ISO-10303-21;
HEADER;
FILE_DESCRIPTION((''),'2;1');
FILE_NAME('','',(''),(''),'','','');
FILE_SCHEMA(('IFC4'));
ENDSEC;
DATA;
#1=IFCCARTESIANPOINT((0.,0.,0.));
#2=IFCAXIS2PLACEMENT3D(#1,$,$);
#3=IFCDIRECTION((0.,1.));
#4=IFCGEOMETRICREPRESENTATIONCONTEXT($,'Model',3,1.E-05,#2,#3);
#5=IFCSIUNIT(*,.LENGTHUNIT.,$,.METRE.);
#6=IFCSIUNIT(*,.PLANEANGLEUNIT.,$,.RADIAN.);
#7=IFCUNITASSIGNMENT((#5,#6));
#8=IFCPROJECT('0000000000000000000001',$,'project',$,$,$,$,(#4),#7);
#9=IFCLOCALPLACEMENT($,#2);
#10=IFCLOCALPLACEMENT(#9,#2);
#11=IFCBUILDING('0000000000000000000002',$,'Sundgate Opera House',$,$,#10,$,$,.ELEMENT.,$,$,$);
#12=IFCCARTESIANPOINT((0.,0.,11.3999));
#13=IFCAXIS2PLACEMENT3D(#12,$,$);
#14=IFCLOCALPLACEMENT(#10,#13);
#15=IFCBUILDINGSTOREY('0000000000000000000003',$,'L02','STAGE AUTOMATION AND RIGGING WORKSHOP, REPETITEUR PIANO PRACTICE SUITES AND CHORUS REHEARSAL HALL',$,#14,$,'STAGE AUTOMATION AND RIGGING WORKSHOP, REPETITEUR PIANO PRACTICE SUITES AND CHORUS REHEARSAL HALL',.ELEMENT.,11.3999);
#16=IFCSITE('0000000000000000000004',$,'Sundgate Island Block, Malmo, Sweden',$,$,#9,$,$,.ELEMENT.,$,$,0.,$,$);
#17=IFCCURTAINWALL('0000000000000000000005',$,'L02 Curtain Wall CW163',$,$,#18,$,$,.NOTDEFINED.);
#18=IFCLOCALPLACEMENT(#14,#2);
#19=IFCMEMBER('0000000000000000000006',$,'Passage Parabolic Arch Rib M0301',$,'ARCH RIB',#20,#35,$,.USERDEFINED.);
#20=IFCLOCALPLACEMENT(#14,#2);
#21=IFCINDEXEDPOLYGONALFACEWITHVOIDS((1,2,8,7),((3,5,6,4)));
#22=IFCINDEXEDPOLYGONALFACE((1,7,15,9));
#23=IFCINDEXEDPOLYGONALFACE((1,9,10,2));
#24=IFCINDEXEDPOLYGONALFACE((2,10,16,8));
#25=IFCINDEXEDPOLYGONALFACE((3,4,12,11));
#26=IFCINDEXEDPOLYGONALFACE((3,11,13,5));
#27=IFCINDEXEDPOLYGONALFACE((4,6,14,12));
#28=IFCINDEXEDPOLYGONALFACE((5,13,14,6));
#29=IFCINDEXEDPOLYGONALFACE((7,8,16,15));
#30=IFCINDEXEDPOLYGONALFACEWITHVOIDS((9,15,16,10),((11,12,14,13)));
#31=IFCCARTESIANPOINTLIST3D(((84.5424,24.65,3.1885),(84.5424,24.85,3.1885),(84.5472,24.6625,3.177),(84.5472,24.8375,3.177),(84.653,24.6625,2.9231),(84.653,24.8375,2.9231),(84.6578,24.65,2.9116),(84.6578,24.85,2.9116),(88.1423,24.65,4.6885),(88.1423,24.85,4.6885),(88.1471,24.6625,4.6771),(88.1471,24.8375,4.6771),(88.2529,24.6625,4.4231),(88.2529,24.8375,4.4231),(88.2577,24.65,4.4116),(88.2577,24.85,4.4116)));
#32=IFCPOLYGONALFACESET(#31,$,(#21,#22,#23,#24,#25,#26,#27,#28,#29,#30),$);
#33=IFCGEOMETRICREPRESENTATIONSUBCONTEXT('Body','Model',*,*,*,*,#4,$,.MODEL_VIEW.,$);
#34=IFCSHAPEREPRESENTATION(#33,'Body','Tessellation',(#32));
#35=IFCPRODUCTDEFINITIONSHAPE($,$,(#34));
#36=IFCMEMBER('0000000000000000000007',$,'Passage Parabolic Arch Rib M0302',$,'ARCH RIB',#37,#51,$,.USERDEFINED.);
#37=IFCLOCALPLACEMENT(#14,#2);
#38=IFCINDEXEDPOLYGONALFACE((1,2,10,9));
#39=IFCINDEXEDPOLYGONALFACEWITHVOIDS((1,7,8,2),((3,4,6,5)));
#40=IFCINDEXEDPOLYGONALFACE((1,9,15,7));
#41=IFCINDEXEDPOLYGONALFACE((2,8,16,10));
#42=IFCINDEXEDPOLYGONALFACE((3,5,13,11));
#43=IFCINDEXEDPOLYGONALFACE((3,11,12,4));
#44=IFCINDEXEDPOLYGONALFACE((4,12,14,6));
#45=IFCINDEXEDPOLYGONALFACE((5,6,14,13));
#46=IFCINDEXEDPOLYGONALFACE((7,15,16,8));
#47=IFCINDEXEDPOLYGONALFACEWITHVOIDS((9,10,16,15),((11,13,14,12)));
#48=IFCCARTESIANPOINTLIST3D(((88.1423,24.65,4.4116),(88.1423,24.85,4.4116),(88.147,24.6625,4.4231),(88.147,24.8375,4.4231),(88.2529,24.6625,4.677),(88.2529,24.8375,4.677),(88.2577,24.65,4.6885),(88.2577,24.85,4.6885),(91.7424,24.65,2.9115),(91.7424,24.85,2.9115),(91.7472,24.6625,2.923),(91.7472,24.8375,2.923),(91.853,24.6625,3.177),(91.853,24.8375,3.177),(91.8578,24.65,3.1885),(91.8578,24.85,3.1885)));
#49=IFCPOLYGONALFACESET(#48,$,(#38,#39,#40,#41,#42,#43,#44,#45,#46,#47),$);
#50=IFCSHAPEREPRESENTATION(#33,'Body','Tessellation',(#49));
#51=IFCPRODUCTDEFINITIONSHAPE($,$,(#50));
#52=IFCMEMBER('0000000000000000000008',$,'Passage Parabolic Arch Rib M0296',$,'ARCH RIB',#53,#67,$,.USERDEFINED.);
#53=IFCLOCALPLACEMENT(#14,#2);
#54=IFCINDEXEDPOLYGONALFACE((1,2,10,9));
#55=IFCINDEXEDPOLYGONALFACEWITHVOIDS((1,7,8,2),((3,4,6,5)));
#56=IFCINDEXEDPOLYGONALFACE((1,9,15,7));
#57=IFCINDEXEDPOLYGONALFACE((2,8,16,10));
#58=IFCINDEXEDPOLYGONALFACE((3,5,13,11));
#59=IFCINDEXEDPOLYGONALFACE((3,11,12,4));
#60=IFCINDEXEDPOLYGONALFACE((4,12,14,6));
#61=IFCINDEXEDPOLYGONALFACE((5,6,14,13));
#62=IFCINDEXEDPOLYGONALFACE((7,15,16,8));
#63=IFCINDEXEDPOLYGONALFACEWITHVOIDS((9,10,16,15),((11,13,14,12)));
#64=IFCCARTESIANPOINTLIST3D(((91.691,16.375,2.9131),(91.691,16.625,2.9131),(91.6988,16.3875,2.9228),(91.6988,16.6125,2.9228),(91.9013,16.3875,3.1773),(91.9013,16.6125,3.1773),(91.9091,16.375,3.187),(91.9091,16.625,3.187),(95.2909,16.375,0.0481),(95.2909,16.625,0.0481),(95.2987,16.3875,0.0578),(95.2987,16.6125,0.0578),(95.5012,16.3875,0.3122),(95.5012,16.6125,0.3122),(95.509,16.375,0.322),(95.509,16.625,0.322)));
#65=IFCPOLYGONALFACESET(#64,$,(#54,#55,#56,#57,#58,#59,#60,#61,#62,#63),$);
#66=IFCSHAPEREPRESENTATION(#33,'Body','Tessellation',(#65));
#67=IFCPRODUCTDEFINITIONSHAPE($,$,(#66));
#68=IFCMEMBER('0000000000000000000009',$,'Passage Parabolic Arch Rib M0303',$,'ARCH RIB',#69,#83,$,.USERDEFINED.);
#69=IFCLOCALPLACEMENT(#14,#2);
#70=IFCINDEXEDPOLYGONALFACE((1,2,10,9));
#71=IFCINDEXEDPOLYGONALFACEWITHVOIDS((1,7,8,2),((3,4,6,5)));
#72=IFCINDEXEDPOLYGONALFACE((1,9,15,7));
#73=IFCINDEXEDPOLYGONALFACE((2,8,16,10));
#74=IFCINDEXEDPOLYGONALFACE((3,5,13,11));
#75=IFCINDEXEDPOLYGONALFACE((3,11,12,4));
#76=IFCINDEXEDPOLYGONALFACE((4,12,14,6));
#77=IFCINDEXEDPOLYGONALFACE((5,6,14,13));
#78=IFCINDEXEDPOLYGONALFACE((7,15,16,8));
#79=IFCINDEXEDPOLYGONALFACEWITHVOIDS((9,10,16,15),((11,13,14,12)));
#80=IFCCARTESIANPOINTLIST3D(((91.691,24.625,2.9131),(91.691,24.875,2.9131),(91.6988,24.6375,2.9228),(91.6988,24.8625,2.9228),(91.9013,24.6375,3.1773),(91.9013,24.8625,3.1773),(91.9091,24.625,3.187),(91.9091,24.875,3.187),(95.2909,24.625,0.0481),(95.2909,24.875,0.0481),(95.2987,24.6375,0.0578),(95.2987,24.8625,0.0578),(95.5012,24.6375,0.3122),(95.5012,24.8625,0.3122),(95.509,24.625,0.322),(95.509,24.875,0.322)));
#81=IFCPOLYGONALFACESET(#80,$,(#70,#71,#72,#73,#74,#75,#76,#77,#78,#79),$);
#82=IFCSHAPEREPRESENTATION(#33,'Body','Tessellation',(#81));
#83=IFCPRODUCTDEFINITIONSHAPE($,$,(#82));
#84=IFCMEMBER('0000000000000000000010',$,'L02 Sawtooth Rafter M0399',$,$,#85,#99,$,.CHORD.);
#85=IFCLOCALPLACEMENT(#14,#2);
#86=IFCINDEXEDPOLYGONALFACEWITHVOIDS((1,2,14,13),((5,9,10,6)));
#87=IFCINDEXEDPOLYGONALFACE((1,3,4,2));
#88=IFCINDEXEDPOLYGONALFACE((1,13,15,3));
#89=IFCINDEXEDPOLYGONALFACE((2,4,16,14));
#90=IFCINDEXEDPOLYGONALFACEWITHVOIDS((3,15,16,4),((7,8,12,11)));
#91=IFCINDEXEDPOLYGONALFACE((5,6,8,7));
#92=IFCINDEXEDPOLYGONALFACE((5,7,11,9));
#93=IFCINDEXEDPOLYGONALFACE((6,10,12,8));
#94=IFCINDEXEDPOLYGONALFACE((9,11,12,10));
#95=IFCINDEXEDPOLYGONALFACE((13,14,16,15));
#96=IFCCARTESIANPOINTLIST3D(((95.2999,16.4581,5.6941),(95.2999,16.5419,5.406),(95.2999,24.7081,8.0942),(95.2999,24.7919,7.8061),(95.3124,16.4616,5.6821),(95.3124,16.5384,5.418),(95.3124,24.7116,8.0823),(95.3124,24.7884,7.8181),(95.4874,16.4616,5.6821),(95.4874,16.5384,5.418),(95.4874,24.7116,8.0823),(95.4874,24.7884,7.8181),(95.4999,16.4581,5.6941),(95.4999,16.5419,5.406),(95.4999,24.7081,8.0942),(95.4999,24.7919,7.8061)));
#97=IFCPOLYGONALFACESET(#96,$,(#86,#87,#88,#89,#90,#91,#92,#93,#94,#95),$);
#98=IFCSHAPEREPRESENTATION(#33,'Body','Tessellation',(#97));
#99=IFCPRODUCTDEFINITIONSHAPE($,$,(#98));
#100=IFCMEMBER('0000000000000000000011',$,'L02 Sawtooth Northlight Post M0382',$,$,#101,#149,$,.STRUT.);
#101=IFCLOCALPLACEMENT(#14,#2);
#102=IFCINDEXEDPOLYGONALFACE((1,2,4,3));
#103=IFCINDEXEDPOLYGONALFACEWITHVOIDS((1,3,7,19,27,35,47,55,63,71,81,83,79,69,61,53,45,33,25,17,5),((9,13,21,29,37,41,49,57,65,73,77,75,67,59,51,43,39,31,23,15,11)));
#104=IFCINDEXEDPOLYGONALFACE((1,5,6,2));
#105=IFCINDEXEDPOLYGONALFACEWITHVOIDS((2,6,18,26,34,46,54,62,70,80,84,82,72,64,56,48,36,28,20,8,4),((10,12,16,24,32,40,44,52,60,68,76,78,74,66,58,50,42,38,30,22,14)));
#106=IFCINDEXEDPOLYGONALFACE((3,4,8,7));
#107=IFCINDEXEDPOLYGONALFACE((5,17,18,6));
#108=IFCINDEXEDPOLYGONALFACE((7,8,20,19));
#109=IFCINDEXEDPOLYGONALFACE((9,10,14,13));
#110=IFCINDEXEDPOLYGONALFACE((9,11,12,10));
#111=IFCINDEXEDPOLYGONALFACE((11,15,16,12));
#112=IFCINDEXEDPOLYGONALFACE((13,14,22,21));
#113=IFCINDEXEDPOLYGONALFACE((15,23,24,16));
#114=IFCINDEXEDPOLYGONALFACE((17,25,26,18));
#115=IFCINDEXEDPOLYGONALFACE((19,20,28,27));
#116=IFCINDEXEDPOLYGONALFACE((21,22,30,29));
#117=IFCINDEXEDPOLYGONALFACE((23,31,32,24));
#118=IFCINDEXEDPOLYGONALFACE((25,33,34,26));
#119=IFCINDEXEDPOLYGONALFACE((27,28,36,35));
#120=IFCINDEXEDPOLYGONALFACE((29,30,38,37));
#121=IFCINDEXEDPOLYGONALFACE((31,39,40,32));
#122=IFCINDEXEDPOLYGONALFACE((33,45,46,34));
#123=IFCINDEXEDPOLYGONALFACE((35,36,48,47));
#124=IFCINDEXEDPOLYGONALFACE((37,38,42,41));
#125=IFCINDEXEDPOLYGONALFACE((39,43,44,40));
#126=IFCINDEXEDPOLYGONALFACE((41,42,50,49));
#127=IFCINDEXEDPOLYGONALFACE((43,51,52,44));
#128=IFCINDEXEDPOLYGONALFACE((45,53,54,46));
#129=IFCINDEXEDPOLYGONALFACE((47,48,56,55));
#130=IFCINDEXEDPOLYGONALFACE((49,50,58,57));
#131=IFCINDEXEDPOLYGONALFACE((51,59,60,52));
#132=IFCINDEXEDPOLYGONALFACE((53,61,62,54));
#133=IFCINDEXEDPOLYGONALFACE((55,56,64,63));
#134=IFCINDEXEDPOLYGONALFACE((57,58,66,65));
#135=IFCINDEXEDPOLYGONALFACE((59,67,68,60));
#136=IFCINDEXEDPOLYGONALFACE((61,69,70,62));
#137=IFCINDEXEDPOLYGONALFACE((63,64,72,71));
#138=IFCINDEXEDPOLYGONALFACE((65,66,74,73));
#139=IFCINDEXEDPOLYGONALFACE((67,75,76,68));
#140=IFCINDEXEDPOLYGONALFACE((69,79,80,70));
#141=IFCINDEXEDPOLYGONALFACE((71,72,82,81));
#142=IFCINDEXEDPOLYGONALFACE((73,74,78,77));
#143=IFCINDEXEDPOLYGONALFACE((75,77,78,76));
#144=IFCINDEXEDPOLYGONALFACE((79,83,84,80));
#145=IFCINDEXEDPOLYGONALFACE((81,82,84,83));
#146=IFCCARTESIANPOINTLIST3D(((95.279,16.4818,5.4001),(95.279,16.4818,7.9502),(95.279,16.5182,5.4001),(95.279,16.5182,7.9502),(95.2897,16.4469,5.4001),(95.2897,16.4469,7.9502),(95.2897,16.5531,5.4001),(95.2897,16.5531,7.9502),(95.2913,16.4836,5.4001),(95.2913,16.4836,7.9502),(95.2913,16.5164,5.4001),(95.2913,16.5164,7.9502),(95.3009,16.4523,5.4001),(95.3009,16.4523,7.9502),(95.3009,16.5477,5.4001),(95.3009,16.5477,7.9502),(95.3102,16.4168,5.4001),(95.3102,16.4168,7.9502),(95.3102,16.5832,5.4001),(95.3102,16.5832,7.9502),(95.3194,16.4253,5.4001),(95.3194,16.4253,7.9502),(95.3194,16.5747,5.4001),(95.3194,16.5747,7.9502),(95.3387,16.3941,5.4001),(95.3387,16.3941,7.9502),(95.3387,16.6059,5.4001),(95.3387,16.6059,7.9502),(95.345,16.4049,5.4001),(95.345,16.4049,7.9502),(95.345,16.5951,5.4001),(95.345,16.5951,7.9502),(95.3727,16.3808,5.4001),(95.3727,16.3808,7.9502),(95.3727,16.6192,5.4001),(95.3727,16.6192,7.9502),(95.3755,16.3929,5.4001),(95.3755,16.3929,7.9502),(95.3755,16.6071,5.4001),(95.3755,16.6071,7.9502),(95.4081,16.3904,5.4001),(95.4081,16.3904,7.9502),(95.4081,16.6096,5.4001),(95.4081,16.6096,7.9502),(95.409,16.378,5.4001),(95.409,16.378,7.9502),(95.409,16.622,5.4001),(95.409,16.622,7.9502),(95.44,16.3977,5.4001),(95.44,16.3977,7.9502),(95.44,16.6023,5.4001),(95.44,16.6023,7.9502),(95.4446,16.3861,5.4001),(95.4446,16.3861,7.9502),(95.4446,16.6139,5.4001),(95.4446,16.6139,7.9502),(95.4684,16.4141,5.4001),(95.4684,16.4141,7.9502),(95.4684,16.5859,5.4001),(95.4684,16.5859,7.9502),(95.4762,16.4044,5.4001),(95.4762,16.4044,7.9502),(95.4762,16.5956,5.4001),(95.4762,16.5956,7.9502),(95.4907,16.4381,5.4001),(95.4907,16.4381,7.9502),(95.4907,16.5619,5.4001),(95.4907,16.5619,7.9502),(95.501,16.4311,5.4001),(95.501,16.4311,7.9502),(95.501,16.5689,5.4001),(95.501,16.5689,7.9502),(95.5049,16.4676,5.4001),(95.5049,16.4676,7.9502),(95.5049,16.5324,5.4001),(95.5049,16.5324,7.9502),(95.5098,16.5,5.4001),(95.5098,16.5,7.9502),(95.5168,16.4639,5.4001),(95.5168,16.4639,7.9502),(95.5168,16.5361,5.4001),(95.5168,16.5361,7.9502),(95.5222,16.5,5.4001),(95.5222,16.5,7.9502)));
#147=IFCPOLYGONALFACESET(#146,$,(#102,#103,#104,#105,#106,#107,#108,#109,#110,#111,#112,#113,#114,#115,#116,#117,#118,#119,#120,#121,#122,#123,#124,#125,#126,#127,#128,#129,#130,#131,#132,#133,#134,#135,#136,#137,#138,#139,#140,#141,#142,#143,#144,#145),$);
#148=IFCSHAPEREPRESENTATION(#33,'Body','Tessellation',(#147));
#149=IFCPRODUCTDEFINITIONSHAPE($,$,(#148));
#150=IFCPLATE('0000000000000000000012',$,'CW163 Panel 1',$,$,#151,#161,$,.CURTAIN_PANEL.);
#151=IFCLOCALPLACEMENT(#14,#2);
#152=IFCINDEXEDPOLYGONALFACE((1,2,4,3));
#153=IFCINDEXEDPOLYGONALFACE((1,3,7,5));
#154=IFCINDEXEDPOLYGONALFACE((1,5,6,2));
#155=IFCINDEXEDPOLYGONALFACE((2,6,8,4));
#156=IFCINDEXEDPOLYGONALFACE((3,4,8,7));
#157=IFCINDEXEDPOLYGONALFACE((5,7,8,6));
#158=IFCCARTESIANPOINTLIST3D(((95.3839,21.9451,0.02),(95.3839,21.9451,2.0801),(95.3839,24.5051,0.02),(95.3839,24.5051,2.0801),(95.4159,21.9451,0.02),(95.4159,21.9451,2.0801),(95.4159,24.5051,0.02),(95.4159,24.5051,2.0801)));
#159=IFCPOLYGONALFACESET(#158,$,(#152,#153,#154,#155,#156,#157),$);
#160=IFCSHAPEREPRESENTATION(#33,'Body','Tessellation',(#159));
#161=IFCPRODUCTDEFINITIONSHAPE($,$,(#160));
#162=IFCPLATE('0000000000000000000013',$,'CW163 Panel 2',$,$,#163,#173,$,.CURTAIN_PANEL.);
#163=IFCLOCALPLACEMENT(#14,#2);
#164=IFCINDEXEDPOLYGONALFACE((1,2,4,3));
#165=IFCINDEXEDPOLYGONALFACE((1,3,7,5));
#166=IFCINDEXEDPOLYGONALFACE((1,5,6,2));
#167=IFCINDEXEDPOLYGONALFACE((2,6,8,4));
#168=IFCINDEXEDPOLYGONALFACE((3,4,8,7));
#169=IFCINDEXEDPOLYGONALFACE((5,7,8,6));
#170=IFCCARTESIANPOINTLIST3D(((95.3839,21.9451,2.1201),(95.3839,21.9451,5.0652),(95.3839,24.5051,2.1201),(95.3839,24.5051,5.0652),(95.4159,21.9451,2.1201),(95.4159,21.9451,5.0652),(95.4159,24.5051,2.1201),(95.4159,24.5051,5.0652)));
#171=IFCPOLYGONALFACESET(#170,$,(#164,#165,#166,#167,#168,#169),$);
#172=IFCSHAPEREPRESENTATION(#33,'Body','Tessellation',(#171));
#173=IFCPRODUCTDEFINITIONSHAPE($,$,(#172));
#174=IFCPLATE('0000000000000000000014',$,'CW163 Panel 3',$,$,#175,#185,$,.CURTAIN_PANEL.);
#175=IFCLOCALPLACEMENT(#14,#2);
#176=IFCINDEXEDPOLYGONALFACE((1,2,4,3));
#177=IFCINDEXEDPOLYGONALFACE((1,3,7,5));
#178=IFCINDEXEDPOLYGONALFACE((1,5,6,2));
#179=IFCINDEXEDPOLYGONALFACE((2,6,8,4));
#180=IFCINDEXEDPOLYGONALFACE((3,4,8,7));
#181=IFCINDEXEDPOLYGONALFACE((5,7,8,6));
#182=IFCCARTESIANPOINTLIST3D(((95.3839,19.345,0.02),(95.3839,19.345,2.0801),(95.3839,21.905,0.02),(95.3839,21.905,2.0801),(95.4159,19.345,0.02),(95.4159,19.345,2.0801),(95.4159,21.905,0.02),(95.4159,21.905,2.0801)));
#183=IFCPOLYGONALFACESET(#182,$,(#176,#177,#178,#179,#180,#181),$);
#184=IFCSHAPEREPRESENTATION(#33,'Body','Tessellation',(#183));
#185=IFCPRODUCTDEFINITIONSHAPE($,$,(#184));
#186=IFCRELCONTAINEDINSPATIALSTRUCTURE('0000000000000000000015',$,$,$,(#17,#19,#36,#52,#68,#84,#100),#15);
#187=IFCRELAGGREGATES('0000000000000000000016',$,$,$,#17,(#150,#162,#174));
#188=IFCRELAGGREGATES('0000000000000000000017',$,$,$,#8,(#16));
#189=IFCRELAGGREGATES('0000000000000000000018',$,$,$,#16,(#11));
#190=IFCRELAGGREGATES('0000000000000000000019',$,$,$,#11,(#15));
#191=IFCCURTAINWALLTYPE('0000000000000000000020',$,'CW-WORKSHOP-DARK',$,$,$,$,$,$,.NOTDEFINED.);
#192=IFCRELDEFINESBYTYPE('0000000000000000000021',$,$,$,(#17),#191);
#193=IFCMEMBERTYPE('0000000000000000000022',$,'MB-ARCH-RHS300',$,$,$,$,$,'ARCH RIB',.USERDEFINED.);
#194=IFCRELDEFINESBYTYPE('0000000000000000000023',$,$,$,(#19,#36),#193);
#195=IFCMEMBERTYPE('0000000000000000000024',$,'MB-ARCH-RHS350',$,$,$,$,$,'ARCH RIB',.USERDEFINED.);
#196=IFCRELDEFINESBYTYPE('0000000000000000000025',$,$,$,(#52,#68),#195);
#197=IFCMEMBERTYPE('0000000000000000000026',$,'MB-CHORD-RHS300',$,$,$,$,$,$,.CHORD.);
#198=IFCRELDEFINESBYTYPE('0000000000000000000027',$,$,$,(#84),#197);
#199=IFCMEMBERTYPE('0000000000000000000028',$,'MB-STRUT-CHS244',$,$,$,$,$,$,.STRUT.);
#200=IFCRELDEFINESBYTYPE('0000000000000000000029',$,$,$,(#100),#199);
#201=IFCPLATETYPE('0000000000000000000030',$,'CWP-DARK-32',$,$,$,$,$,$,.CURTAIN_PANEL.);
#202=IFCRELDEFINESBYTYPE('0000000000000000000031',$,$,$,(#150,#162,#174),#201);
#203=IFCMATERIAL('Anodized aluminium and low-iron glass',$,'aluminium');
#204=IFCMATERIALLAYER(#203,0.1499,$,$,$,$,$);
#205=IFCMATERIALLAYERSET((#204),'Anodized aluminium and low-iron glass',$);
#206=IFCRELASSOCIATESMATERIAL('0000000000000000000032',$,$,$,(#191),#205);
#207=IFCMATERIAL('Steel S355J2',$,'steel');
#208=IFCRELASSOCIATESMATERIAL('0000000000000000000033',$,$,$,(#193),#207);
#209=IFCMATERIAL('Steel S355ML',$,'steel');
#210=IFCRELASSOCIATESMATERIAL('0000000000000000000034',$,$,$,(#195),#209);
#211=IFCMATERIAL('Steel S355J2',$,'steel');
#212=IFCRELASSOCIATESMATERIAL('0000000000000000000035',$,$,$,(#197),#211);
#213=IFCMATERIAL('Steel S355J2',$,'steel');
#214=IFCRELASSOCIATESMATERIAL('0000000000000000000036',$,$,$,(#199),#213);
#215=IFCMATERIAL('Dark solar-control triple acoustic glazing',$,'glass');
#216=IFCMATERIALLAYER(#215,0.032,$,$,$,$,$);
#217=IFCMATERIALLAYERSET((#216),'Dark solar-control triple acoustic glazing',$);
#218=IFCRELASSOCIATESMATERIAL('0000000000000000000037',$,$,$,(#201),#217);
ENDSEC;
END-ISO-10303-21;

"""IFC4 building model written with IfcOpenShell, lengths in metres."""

from ifc_helpers import new_model, si_unit, direction, frame, origin, origin_2d, place, context, subcontext, project, spatial, rectangle, hollow_rectangle, hollow_circle, extrude, material, layer, layer_set, material_profile, profile_set, type_object, element, aggregate, save


model = new_model("IFC4")

# Units and contexts
model_context = context("Model", 3, precision=1e-05, world=origin(), true_north=direction((0.0, 1.0)))
body_context = subcontext(model_context, "Body", "Model", "MODEL_VIEW")
ifc_project = project(units=[si_unit("LENGTHUNIT", "METRE"), si_unit("PLANEANGLEUNIT", "RADIAN")], contexts=[model_context])

# Site, building, storey
site_placement = place(None, origin())
site = spatial("IfcSite", under=ifc_project, at=site_placement, Name="Sundgate Island Block, Malmo, Sweden", CompositionType="ELEMENT", RefElevation=0.0)
building_placement = place(site_placement, origin())
building = spatial("IfcBuilding", under=site, at=building_placement, Name="Sundgate Opera House", CompositionType="ELEMENT")
storey_placement = place(building_placement, frame((0.0, 0.0, 11.3999)))
storey = spatial("IfcBuildingStorey", under=building, at=storey_placement, Name="L02", Description="STAGE AUTOMATION AND RIGGING WORKSHOP, REPETITEUR PIANO PRACTICE SUITES AND CHORUS REHEARSAL HALL", LongName="STAGE AUTOMATION AND RIGGING WORKSHOP, REPETITEUR PIANO PRACTICE SUITES AND CHORUS REHEARSAL HALL", CompositionType="ELEMENT", Elevation=11.3999)

# Curtain wall
ifc_material_1 = material(Name="Anodized aluminium and low-iron glass", Category="aluminium")
ifc_layer_1 = layer(ifc_material_1, 0.1499)
ifc_layer_set_1 = layer_set([ifc_layer_1], Name="Anodized aluminium and low-iron glass")
curtain_wall_type = type_object("IfcCurtainWallType", Name="CW-WORKSHOP-DARK", PredefinedType="NOTDEFINED", material=ifc_layer_set_1)
curtain_wall_1_placement = place(storey_placement, origin())
curtain_wall_1 = element("IfcCurtainWall", 1, at=curtain_wall_1_placement, inside=storey, type_object=curtain_wall_type, Name="L02 Curtain Wall CW163", PredefinedType="NOTDEFINED")

# Members
ifc_material_2 = material(Name="Steel S355J2", Category="steel")
ifc_material_profile_1 = material_profile(ifc_material_2, hollow_rectangle(XDim=0.2, YDim=0.3, WallThickness=0.0125, at=origin_2d()), Name="RHS 300x200x12.5")
ifc_profile_set_1 = profile_set([ifc_material_profile_1], Name="Steel S355J2")
member_type_1 = type_object("IfcMemberType", Name="MB-ARCH-RHS300", ElementType="ARCH RIB", PredefinedType="USERDEFINED", material=ifc_profile_set_1)
member_1_placement = place(storey_placement, frame((84.6001, 24.75, 3.05), z_axis=(0.923071, 0.0, 0.384629), x_axis=(0.0, 1.0, 0.0)))
element("IfcMember", 2, at=member_1_placement, inside=storey, type_object=member_type_1, Name="Passage Parabolic Arch Rib M0301", ObjectType="ARCH RIB", PredefinedType="USERDEFINED", context=body_context, shape_type="SweptSolid", body=[
    extrude(hollow_rectangle(XDim=0.2, YDim=0.3, WallThickness=0.0125, at=origin_2d()), origin(), (0.0, 0.0, 1.0), 3.8999),
])
member_2_placement = place(storey_placement, frame((88.2, 24.75, 4.55), z_axis=(0.923081, 0.0, -0.384606), x_axis=(0.0, 1.0, 0.0)))
element("IfcMember", 3, at=member_2_placement, inside=storey, type_object=member_type_1, Name="Passage Parabolic Arch Rib M0302", ObjectType="ARCH RIB", PredefinedType="USERDEFINED", context=body_context, shape_type="SweptSolid", body=[
    extrude(hollow_rectangle(XDim=0.2, YDim=0.3, WallThickness=0.0125, at=origin_2d()), origin(), (0.0, 0.0, 1.0), 3.9001),
])
ifc_material_3 = material(Name="Steel S355ML", Category="steel")
ifc_material_profile_2 = material_profile(ifc_material_3, hollow_rectangle(XDim=0.25, YDim=0.3501, WallThickness=0.0125, at=origin_2d()), Name="RHS 350x250x12.5")
ifc_profile_set_2 = profile_set([ifc_material_profile_2], Name="Steel S355ML")
member_type_2 = type_object("IfcMemberType", Name="MB-ARCH-RHS350", ElementType="ARCH RIB", PredefinedType="USERDEFINED", material=ifc_profile_set_2)
for number, where, z_axis, x_axis, name in (
    (4, (91.8, 16.5, 3.05), (0.782445, 0.0, -0.622719), (0.0, 1.0, 0.0), "Passage Parabolic Arch Rib M0296"),
    (5, (91.8, 24.75, 3.05), (0.782445, 0.0, -0.622719), (0.0, 1.0, 0.0), "Passage Parabolic Arch Rib M0303"),
):
    element("IfcMember", number, at=place(storey_placement, frame(where, z_axis=z_axis, x_axis=x_axis)), inside=storey, type_object=member_type_2, Name=name, ObjectType="ARCH RIB", PredefinedType="USERDEFINED", context=body_context, shape_type="SweptSolid", body=[
        extrude(hollow_rectangle(XDim=0.25, YDim=0.3501, WallThickness=0.0125, at=origin_2d()), origin(), (0.0, 0.0, 1.0), 4.6008),
    ])
ifc_material_4 = material(Name="Steel S355J2", Category="steel")
ifc_material_profile_3 = material_profile(ifc_material_4, hollow_rectangle(XDim=0.2, YDim=0.3, WallThickness=0.0125, at=origin_2d()), Name="RHS 300x200x12.5")
ifc_profile_set_3 = profile_set([ifc_material_profile_3], Name="Steel S355J2")
member_type_3 = type_object("IfcMemberType", Name="MB-CHORD-RHS300", PredefinedType="CHORD", material=ifc_profile_set_3)
member_3_placement = place(storey_placement, frame((95.3999, 16.5, 5.55), z_axis=(0.0, 0.960191, 0.279345), x_axis=(-1.0, 0.0, 0.0)))
element("IfcMember", 6, at=member_3_placement, inside=storey, type_object=member_type_3, Name="L02 Sawtooth Rafter M0399", PredefinedType="CHORD", context=body_context, shape_type="SweptSolid", body=[
    extrude(hollow_rectangle(XDim=0.2, YDim=0.3, WallThickness=0.0125, at=origin_2d()), origin(), (0.0, 0.0, 1.0), 8.592),
])
ifc_material_5 = material(Name="Steel S355J2", Category="steel")
ifc_material_profile_4 = material_profile(ifc_material_5, hollow_circle(Radius=0.1223, WallThickness=0.0125, at=origin_2d()), Name="CHS 244.5x12.5")
ifc_profile_set_4 = profile_set([ifc_material_profile_4], Name="Steel S355J2")
member_type_4 = type_object("IfcMemberType", Name="MB-STRUT-CHS244", PredefinedType="STRUT", material=ifc_profile_set_4)
member_4_placement = place(storey_placement, frame((95.3999, 16.5, 5.4001), z_axis=(0.0, 0.0, 1.0), x_axis=(1.0, 0.0, 0.0)))
element("IfcMember", 7, at=member_4_placement, inside=storey, type_object=member_type_4, Name="L02 Sawtooth Northlight Post M0382", PredefinedType="STRUT", context=body_context, shape_type="SweptSolid", body=[
    extrude(hollow_circle(Radius=0.1223, WallThickness=0.0125, at=origin_2d()), origin(), (0.0, 0.0, 1.0), 2.55),
])

# Plates
ifc_material_6 = material(Name="Dark solar-control triple acoustic glazing", Category="glass")
ifc_layer_2 = layer(ifc_material_6, 0.032)
ifc_layer_set_2 = layer_set([ifc_layer_2], Name="Dark solar-control triple acoustic glazing")
plate_type_1 = type_object("IfcPlateType", Name="CWP-DARK-32", PredefinedType="CURTAIN_PANEL", material=ifc_layer_set_2)
plate_1_placement = place(storey_placement, frame((95.3999, 23.2251, 0.02), z_axis=(0.0, 0.0, 1.0), x_axis=(0.0, -1.0, 0.0)))
plate_1 = element("IfcPlate", 8, at=plate_1_placement, type_object=plate_type_1, Name="CW163 Panel 1", PredefinedType="CURTAIN_PANEL", context=body_context, shape_type="SweptSolid", body=[
    extrude(rectangle(XDim=2.5601, YDim=0.032, at=origin_2d()), origin(), (0.0, 0.0, 1.0), 2.0601),
])
plate_2_placement = place(storey_placement, frame((95.3999, 23.2251, 2.1201), z_axis=(0.0, 0.0, 1.0), x_axis=(0.0, -1.0, 0.0)))
plate_2 = element("IfcPlate", 9, at=plate_2_placement, type_object=plate_type_1, Name="CW163 Panel 2", PredefinedType="CURTAIN_PANEL", context=body_context, shape_type="SweptSolid", body=[
    extrude(rectangle(XDim=2.5601, YDim=0.032, at=origin_2d()), origin(), (0.0, 0.0, 1.0), 2.9451),
])
plate_3_placement = place(storey_placement, frame((95.3999, 20.625, 0.02), z_axis=(0.0, 0.0, 1.0), x_axis=(0.0, -1.0, 0.0)))
plate_3 = element("IfcPlate", 10, at=plate_3_placement, type_object=plate_type_1, Name="CW163 Panel 3", PredefinedType="CURTAIN_PANEL", context=body_context, shape_type="SweptSolid", body=[
    extrude(rectangle(XDim=2.5601, YDim=0.032, at=origin_2d()), origin(), (0.0, 0.0, 1.0), 2.0601),
])
aggregate(curtain_wall_1, [plate_1, plate_2, plate_3])

save(model, "model.ifc")
